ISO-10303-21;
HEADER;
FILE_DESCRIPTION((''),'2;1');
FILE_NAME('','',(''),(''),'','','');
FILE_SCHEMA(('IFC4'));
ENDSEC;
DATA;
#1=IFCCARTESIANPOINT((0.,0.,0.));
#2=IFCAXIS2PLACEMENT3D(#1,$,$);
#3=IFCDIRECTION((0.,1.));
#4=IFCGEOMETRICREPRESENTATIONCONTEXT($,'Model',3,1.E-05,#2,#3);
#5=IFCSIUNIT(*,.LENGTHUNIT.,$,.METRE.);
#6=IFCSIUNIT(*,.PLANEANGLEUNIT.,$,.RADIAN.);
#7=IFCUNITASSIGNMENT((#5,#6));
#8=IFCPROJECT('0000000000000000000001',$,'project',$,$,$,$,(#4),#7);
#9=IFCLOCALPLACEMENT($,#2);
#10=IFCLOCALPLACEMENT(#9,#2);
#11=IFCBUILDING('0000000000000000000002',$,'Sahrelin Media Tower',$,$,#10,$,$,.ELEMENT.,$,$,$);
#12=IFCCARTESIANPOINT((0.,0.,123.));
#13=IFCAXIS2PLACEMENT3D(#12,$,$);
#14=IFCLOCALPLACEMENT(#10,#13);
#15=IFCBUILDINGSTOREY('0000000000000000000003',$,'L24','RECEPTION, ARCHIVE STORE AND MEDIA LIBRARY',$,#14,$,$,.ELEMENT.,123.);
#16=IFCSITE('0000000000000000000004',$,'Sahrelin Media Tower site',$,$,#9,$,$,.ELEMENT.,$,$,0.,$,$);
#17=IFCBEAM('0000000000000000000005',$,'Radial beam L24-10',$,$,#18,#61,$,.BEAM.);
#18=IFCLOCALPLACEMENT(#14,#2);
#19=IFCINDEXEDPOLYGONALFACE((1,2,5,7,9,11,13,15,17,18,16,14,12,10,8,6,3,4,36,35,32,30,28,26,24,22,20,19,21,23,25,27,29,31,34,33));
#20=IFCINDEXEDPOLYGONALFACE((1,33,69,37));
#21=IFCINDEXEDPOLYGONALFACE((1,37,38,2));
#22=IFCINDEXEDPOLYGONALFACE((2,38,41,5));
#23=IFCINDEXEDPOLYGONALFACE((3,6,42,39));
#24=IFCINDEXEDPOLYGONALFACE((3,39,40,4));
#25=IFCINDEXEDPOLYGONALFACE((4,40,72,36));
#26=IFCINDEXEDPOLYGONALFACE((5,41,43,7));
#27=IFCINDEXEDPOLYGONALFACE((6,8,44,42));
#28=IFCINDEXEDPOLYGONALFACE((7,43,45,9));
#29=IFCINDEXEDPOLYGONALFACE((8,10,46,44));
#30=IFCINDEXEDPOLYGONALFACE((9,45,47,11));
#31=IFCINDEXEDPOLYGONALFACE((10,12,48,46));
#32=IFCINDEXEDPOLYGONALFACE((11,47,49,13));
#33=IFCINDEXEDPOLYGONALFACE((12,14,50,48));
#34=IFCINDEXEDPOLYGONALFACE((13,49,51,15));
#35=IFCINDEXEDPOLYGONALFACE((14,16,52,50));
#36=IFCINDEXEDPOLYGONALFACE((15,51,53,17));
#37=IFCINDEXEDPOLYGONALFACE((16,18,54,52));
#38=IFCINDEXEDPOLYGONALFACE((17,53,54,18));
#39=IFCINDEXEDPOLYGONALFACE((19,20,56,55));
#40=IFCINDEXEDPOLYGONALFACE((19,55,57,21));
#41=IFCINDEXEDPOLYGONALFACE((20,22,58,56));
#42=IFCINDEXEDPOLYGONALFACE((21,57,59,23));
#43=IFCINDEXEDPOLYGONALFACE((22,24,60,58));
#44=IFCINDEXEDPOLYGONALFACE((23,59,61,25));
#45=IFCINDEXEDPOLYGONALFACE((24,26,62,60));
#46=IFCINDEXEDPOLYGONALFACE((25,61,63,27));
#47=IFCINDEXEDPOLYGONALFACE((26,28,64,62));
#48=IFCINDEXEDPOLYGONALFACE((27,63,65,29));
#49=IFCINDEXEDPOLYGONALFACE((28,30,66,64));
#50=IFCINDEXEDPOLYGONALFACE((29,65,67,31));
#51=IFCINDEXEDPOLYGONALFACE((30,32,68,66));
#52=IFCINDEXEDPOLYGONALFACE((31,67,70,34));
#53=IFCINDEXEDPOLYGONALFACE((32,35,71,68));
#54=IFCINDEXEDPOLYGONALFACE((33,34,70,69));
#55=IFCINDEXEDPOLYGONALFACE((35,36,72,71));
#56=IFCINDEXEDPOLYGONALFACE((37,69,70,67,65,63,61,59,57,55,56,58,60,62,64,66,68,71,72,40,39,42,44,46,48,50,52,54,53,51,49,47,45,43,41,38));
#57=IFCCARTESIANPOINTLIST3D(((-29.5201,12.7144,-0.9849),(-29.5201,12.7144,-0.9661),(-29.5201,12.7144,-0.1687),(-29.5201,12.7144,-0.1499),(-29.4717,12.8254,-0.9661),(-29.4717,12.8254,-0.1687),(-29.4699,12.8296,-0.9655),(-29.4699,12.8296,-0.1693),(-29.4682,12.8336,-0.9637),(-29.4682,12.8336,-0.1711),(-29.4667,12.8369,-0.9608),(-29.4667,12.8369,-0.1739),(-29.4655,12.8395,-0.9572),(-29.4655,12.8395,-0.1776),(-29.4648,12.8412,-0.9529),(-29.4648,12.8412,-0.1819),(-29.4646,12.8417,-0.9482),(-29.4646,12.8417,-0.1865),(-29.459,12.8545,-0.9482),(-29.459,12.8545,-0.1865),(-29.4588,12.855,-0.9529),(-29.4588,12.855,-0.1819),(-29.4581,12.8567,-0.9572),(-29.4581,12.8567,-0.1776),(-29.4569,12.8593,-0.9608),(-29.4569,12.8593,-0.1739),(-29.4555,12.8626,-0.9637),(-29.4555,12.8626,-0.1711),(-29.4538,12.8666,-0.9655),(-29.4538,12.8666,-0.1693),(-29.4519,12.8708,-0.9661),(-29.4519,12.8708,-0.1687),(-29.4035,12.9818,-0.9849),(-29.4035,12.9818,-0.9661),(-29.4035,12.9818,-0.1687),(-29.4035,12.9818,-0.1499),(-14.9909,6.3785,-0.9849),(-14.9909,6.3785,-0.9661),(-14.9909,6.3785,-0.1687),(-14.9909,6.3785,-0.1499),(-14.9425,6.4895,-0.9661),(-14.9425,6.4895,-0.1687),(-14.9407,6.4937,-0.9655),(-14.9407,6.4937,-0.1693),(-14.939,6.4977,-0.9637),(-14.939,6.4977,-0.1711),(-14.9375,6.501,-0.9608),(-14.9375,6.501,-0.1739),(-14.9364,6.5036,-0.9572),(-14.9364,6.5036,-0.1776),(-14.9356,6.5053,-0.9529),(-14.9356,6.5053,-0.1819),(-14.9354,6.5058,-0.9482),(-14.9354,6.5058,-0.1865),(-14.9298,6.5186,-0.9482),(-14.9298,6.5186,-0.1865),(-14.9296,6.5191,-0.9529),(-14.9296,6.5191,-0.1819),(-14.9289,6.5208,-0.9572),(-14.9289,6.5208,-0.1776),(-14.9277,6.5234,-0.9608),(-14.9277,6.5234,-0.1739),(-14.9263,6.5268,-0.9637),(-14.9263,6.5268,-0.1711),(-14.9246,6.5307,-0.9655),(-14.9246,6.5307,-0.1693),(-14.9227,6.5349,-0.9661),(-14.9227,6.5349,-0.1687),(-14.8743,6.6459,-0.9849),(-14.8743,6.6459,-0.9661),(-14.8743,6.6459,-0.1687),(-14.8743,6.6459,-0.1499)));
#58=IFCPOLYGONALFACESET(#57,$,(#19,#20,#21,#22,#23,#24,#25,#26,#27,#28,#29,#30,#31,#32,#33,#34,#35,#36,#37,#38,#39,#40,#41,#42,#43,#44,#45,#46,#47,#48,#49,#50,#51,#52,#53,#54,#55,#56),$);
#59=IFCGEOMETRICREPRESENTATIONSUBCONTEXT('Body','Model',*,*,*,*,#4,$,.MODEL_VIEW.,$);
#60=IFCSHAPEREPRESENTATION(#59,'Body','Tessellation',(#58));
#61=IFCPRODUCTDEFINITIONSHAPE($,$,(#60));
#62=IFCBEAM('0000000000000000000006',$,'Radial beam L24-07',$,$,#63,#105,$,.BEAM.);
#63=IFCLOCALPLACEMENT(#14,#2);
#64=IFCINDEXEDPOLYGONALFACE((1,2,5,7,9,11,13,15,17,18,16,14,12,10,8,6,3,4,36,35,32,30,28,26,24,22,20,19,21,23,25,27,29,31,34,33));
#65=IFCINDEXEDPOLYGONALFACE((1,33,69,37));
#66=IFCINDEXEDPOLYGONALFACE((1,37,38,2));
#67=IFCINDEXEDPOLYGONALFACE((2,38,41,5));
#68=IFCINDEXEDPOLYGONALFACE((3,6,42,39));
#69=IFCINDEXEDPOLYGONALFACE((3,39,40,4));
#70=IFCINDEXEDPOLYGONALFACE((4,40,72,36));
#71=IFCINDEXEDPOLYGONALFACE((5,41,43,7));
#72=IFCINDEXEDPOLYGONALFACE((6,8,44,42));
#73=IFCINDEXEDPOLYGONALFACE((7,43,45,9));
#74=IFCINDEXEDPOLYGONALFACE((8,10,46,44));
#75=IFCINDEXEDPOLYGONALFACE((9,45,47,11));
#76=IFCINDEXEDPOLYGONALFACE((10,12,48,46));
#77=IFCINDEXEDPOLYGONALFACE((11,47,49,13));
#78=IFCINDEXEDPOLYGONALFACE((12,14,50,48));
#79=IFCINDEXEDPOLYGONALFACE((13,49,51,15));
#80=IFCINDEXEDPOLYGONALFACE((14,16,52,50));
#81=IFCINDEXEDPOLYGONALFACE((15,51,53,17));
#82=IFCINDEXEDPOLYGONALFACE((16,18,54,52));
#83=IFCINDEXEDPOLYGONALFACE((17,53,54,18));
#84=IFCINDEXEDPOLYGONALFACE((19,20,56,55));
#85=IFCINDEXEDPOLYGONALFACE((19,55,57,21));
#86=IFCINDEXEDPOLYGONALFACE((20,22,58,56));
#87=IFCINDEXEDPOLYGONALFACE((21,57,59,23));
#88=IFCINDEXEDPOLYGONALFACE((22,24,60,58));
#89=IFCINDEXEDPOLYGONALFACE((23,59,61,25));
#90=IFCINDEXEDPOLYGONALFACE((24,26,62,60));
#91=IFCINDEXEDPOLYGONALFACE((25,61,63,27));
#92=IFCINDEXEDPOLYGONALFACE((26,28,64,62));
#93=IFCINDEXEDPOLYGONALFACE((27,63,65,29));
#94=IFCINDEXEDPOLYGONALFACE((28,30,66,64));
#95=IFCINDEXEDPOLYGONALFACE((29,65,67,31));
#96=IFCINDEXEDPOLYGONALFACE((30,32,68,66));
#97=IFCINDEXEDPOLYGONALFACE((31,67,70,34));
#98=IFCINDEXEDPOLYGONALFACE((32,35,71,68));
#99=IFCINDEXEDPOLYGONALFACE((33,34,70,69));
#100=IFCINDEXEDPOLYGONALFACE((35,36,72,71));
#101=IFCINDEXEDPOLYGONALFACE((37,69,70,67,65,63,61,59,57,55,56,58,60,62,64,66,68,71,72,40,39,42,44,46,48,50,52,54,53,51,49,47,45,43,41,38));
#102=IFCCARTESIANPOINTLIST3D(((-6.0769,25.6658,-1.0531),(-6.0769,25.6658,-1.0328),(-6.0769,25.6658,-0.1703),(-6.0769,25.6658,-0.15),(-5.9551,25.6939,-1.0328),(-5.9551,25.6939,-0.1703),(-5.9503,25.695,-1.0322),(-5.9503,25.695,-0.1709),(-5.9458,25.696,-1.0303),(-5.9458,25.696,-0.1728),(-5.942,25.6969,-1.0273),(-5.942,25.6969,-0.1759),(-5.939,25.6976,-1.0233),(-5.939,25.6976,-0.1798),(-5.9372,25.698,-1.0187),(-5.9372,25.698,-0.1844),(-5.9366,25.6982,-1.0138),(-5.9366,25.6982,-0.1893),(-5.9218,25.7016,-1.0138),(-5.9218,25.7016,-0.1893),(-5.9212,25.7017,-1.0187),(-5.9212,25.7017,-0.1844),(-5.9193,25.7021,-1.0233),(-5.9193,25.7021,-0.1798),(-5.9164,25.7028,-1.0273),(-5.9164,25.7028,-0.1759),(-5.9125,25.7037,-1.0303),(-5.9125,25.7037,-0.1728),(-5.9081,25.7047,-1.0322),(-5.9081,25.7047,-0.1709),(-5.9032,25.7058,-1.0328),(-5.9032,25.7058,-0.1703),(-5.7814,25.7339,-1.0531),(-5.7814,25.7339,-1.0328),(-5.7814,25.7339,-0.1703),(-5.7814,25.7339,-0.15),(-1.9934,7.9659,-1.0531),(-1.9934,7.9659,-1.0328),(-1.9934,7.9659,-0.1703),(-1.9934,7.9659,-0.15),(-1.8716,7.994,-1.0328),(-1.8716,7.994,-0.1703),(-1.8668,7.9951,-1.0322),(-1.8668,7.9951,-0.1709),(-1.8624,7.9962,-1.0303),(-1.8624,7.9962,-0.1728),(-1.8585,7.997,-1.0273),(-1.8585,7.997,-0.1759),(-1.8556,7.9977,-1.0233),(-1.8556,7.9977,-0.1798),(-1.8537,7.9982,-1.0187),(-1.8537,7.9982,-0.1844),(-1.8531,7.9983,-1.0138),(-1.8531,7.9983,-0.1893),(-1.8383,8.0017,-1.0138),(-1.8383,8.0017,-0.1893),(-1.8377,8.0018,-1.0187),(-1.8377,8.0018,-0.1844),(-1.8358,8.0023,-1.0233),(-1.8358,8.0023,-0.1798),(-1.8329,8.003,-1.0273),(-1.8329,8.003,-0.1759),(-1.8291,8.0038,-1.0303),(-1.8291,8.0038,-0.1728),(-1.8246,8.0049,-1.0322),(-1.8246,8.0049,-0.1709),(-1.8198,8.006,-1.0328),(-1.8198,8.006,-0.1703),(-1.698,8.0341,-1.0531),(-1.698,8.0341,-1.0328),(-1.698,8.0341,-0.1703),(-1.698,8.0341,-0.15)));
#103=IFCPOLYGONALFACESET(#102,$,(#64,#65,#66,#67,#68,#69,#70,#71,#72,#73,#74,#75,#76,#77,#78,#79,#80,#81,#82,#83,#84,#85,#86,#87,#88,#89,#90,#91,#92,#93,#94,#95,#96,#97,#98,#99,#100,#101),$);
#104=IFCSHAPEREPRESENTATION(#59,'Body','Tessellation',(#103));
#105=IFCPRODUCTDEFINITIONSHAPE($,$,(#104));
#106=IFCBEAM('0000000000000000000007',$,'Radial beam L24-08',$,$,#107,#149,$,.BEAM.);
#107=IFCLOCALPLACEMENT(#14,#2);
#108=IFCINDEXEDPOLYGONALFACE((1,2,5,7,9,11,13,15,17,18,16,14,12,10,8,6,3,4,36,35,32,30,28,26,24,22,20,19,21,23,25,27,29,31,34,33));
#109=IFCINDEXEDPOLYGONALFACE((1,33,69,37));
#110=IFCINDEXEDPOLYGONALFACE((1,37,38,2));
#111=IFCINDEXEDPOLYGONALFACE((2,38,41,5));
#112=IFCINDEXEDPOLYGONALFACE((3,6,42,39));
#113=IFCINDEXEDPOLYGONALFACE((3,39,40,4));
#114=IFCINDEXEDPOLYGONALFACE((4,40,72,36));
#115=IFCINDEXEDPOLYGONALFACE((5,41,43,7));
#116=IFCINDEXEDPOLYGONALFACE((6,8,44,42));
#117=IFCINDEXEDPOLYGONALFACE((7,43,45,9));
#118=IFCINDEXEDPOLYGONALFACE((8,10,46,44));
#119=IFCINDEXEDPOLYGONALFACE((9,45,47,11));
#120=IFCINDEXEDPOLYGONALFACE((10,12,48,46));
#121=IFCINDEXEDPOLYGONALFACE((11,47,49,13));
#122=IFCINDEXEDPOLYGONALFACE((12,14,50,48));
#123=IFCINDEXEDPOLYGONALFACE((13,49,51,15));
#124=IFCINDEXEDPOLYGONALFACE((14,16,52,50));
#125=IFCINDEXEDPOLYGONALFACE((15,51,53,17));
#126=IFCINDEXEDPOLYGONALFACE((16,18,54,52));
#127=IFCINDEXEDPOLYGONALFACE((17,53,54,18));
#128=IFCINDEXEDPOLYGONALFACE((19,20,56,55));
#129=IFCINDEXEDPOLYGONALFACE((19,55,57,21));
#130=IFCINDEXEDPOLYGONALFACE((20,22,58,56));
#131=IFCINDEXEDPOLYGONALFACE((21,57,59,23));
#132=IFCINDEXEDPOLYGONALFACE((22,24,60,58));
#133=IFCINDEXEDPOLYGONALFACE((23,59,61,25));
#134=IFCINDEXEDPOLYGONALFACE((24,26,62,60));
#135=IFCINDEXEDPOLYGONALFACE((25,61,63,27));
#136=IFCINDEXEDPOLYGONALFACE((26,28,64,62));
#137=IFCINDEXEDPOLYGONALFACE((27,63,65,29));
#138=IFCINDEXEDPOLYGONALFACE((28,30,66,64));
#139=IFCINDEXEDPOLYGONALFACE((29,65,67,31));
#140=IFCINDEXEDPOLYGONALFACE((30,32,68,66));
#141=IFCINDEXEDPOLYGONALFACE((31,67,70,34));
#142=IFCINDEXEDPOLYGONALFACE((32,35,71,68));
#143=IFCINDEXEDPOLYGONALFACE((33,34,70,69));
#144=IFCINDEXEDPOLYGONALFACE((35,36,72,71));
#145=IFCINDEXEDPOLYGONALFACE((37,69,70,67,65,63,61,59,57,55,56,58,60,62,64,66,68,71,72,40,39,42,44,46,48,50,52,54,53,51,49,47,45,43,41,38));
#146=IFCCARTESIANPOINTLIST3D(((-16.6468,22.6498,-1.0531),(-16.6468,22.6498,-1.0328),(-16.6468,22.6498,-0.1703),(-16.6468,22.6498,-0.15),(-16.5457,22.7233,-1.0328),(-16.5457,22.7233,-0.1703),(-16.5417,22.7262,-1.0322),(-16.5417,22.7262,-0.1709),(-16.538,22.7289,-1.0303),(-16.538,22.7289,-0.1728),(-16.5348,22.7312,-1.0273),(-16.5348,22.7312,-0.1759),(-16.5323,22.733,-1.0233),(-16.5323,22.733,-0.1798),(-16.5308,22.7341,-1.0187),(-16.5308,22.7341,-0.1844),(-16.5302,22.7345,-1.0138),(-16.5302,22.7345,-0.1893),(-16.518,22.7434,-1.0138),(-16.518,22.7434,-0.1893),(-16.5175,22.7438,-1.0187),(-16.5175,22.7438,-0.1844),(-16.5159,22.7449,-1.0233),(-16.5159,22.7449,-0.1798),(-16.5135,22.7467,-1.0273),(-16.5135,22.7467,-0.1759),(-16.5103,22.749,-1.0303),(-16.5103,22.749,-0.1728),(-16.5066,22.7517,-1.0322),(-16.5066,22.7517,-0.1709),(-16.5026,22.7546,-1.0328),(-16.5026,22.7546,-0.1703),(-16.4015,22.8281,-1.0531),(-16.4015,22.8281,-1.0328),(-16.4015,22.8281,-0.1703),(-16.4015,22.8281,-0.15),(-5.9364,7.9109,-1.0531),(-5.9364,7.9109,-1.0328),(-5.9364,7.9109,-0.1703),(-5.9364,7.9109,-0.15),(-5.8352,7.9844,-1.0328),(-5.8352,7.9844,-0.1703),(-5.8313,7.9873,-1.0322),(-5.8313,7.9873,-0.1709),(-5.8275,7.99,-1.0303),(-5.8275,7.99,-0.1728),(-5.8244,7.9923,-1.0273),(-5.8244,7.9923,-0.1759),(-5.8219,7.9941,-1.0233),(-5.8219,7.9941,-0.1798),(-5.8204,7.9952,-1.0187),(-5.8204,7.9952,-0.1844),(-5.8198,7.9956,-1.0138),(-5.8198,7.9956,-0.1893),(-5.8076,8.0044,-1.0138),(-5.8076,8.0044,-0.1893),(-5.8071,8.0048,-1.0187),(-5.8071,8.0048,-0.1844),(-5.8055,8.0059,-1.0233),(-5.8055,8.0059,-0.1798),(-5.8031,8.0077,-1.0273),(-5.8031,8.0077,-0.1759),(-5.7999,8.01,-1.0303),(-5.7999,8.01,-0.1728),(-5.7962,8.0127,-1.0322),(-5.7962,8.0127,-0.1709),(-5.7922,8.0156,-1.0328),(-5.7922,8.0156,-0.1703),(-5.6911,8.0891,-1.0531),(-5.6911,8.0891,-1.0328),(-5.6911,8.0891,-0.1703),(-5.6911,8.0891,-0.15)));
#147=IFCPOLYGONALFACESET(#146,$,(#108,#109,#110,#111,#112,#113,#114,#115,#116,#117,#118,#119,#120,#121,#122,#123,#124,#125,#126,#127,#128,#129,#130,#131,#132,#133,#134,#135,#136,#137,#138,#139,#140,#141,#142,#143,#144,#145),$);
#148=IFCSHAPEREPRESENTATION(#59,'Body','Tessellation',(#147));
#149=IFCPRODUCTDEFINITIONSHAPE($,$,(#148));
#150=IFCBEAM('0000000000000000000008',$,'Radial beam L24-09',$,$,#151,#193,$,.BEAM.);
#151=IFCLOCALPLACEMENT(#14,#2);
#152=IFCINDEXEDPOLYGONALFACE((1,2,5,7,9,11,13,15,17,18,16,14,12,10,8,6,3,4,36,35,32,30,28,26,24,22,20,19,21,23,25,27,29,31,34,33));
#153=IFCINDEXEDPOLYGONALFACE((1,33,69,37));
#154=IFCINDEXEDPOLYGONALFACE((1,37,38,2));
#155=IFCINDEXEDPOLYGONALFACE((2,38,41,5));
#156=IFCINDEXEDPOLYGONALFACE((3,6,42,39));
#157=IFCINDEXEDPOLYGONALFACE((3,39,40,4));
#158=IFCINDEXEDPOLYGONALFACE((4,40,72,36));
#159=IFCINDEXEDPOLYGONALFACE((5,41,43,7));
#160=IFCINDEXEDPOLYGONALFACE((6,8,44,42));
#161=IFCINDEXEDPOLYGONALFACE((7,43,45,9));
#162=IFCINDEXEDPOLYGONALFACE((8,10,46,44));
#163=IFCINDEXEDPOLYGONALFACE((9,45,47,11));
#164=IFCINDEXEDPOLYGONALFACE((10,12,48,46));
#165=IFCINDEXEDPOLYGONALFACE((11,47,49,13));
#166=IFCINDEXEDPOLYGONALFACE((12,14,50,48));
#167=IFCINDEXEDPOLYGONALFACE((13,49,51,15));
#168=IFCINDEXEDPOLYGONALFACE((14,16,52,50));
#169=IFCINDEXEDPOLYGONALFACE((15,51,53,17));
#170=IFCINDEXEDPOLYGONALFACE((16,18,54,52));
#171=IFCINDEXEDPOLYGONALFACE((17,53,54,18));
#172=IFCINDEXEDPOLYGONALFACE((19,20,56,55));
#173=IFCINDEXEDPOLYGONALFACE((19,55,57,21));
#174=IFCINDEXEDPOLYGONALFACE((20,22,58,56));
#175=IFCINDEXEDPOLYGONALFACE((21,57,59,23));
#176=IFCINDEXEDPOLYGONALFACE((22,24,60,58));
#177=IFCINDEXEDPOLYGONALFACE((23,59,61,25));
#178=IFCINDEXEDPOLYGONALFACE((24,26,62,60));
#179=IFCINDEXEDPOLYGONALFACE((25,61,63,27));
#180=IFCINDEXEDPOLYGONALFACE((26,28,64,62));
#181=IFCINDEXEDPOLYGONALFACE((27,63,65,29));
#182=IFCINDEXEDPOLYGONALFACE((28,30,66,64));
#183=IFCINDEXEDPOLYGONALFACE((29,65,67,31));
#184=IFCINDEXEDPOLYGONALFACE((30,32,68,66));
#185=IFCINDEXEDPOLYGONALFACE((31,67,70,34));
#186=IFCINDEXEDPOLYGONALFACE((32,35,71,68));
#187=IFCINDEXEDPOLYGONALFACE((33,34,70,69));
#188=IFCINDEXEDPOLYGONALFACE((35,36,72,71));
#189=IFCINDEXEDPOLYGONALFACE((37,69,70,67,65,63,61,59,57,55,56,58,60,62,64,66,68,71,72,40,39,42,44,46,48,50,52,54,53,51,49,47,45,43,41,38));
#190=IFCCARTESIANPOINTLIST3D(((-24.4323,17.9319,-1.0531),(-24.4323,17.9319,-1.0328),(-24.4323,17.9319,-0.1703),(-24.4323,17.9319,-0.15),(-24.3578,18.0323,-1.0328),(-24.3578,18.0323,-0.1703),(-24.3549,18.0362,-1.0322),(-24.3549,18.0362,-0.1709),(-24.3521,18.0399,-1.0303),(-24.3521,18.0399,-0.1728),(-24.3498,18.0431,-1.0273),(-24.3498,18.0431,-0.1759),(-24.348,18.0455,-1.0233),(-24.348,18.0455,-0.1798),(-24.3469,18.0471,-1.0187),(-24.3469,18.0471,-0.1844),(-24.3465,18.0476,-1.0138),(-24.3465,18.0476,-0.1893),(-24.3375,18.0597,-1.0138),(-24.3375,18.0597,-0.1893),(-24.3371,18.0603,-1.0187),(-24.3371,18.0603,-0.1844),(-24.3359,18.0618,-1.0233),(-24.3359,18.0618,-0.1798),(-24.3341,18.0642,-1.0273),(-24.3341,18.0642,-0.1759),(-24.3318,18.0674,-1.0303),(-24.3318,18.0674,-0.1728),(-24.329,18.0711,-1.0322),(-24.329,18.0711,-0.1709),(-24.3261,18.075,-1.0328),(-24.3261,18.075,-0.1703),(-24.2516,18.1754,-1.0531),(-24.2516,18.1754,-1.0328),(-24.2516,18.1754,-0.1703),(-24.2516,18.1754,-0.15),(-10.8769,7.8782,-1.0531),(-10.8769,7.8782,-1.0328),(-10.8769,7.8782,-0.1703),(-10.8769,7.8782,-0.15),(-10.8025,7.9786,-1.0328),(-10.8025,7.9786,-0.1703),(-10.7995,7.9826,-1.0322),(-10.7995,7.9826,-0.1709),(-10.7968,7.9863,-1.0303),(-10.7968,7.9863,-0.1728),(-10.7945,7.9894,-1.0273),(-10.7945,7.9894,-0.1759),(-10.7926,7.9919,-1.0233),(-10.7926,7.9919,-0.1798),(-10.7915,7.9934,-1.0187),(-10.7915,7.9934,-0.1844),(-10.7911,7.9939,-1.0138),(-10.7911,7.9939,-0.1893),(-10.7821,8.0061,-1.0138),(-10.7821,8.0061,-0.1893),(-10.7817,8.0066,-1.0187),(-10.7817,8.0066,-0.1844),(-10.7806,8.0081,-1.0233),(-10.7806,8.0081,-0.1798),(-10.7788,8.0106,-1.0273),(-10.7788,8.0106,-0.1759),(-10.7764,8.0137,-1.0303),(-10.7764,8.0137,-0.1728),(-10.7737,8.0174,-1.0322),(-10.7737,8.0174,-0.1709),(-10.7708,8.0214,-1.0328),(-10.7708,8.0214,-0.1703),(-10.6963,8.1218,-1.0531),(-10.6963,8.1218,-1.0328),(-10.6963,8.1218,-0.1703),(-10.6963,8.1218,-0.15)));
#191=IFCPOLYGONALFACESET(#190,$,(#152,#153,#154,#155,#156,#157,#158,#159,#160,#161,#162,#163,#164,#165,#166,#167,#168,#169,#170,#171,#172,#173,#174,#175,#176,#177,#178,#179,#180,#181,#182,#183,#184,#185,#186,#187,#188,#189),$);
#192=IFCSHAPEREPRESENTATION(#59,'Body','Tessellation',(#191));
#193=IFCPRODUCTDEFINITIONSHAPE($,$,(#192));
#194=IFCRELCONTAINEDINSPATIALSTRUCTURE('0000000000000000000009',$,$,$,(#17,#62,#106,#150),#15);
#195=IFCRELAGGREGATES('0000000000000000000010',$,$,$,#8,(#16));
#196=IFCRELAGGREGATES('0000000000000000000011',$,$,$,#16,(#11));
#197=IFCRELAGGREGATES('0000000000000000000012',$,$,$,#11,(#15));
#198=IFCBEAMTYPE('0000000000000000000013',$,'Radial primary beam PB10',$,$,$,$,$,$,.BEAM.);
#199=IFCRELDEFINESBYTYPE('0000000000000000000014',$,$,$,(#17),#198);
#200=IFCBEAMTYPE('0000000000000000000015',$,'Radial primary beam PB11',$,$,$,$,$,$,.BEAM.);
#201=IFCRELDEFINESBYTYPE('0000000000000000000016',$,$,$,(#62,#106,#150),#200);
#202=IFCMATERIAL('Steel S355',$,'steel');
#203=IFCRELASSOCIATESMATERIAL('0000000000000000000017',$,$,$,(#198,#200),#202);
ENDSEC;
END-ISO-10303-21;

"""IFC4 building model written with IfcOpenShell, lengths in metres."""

from ifc_helpers import new_model, si_unit, direction, frame, origin, origin_2d, place, context, subcontext, project, spatial, i_section, extrude, material, material_profile, profile_set, type_object, element, save


model = new_model("IFC4")

# Units and contexts
model_context = context("Model", 3, precision=1e-05, world=origin(), true_north=direction((0.0, 1.0)))
body_context = subcontext(model_context, "Body", "Model", "MODEL_VIEW")
ifc_project = project(units=[si_unit("LENGTHUNIT", "METRE"), si_unit("PLANEANGLEUNIT", "RADIAN")], contexts=[model_context])

# Site, building, storey
site_placement = place(None, origin())
site = spatial("IfcSite", under=ifc_project, at=site_placement, Name="Sahrelin Media Tower site", CompositionType="ELEMENT", RefElevation=0.0)
building_placement = place(site_placement, origin())
building = spatial("IfcBuilding", under=site, at=building_placement, Name="Sahrelin Media Tower", CompositionType="ELEMENT")
storey_placement = place(building_placement, frame((0.0, 0.0, 123.0)))
storey = spatial("IfcBuildingStorey", under=building, at=storey_placement, Name="L24", Description="RECEPTION, ARCHIVE STORE AND MEDIA LIBRARY", CompositionType="ELEMENT", Elevation=123.0)

# Beams
ifc_material_1 = material(Name="Steel S355", Category="steel")
ifc_material_profile_1 = material_profile(ifc_material_1, i_section(OverallWidth=0.2917, OverallDepth=0.835, WebThickness=0.0139, FlangeThickness=0.0188, FilletRadius=0.0178, at=origin_2d()), Name="UB 838x292x176")
ifc_profile_set_1 = profile_set([ifc_material_profile_1], Name="Steel S355")
beam_type_1 = type_object("IfcBeamType", Name="Radial primary beam PB10", PredefinedType="BEAM", material=ifc_profile_set_1)
beam_1_placement = place(storey_placement, frame((-14.9326, 6.5122, -0.5674), z_axis=(-0.916635, 0.399726, 0.0), x_axis=(-0.399726, -0.916635, 0.0)))
element("IfcBeam", 1, at=beam_1_placement, inside=storey, type_object=beam_type_1, Name="Radial beam L24-10", PredefinedType="BEAM", context=body_context, shape_type="SweptSolid", body=[
    extrude(i_section(OverallWidth=0.2917, OverallDepth=0.835, WebThickness=0.0139, FlangeThickness=0.0188, FilletRadius=0.0178, at=origin_2d()), origin(), (0.0, 0.0, 1.0), 15.8506),
])
ifc_material_profile_2 = material_profile(ifc_material_1, i_section(OverallWidth=0.3032, OverallDepth=0.9031, WebThickness=0.0151, FlangeThickness=0.0203, FilletRadius=0.019, at=origin_2d()), Name="UB 914x305x201")
ifc_profile_set_2 = profile_set([ifc_material_profile_2], Name="Steel S355")
beam_type_2 = type_object("IfcBeamType", Name="Radial primary beam PB11", PredefinedType="BEAM", material=ifc_profile_set_2)
beam_2_placement = place(storey_placement, frame((-1.8457, 8.0, -0.6016), z_axis=(-0.224802, 0.974405, 0.0), x_axis=(-0.974405, -0.224802, 0.0)))
element("IfcBeam", 2, at=beam_2_placement, inside=storey, type_object=beam_type_2, Name="Radial beam L24-07", PredefinedType="BEAM", context=body_context, shape_type="SweptSolid", body=[
    extrude(i_section(OverallWidth=0.3032, OverallDepth=0.9031, WebThickness=0.0151, FlangeThickness=0.0203, FilletRadius=0.019, at=origin_2d()), origin(), (0.0, 0.0, 1.0), 18.1648),
])
beam_3_placement = place(storey_placement, frame((-5.8137, 8.0, -0.6016), z_axis=(-0.587855, 0.808967, 0.0), x_axis=(-0.808967, -0.587855, 0.0)))
element("IfcBeam", 3, at=beam_3_placement, inside=storey, type_object=beam_type_2, Name="Radial beam L24-08", PredefinedType="BEAM", context=body_context, shape_type="SweptSolid", body=[
    extrude(i_section(OverallWidth=0.3032, OverallDepth=0.9031, WebThickness=0.0151, FlangeThickness=0.0203, FilletRadius=0.019, at=origin_2d()), origin(), (0.0, 0.0, 1.0), 18.2195),
])
beam_4_placement = place(storey_placement, frame((-10.7866, 8.0, -0.6016), z_axis=(-0.803198, 0.595712, 0.0), x_axis=(-0.595712, -0.803198, 0.0)))
element("IfcBeam", 4, at=beam_4_placement, inside=storey, type_object=beam_type_2, Name="Radial beam L24-09", PredefinedType="BEAM", context=body_context, shape_type="SweptSolid", body=[
    extrude(i_section(OverallWidth=0.3032, OverallDepth=0.9031, WebThickness=0.0151, FlangeThickness=0.0203, FilletRadius=0.019, at=origin_2d()), origin(), (0.0, 0.0, 1.0), 16.8767),
])

save(model, "model.ifc")
